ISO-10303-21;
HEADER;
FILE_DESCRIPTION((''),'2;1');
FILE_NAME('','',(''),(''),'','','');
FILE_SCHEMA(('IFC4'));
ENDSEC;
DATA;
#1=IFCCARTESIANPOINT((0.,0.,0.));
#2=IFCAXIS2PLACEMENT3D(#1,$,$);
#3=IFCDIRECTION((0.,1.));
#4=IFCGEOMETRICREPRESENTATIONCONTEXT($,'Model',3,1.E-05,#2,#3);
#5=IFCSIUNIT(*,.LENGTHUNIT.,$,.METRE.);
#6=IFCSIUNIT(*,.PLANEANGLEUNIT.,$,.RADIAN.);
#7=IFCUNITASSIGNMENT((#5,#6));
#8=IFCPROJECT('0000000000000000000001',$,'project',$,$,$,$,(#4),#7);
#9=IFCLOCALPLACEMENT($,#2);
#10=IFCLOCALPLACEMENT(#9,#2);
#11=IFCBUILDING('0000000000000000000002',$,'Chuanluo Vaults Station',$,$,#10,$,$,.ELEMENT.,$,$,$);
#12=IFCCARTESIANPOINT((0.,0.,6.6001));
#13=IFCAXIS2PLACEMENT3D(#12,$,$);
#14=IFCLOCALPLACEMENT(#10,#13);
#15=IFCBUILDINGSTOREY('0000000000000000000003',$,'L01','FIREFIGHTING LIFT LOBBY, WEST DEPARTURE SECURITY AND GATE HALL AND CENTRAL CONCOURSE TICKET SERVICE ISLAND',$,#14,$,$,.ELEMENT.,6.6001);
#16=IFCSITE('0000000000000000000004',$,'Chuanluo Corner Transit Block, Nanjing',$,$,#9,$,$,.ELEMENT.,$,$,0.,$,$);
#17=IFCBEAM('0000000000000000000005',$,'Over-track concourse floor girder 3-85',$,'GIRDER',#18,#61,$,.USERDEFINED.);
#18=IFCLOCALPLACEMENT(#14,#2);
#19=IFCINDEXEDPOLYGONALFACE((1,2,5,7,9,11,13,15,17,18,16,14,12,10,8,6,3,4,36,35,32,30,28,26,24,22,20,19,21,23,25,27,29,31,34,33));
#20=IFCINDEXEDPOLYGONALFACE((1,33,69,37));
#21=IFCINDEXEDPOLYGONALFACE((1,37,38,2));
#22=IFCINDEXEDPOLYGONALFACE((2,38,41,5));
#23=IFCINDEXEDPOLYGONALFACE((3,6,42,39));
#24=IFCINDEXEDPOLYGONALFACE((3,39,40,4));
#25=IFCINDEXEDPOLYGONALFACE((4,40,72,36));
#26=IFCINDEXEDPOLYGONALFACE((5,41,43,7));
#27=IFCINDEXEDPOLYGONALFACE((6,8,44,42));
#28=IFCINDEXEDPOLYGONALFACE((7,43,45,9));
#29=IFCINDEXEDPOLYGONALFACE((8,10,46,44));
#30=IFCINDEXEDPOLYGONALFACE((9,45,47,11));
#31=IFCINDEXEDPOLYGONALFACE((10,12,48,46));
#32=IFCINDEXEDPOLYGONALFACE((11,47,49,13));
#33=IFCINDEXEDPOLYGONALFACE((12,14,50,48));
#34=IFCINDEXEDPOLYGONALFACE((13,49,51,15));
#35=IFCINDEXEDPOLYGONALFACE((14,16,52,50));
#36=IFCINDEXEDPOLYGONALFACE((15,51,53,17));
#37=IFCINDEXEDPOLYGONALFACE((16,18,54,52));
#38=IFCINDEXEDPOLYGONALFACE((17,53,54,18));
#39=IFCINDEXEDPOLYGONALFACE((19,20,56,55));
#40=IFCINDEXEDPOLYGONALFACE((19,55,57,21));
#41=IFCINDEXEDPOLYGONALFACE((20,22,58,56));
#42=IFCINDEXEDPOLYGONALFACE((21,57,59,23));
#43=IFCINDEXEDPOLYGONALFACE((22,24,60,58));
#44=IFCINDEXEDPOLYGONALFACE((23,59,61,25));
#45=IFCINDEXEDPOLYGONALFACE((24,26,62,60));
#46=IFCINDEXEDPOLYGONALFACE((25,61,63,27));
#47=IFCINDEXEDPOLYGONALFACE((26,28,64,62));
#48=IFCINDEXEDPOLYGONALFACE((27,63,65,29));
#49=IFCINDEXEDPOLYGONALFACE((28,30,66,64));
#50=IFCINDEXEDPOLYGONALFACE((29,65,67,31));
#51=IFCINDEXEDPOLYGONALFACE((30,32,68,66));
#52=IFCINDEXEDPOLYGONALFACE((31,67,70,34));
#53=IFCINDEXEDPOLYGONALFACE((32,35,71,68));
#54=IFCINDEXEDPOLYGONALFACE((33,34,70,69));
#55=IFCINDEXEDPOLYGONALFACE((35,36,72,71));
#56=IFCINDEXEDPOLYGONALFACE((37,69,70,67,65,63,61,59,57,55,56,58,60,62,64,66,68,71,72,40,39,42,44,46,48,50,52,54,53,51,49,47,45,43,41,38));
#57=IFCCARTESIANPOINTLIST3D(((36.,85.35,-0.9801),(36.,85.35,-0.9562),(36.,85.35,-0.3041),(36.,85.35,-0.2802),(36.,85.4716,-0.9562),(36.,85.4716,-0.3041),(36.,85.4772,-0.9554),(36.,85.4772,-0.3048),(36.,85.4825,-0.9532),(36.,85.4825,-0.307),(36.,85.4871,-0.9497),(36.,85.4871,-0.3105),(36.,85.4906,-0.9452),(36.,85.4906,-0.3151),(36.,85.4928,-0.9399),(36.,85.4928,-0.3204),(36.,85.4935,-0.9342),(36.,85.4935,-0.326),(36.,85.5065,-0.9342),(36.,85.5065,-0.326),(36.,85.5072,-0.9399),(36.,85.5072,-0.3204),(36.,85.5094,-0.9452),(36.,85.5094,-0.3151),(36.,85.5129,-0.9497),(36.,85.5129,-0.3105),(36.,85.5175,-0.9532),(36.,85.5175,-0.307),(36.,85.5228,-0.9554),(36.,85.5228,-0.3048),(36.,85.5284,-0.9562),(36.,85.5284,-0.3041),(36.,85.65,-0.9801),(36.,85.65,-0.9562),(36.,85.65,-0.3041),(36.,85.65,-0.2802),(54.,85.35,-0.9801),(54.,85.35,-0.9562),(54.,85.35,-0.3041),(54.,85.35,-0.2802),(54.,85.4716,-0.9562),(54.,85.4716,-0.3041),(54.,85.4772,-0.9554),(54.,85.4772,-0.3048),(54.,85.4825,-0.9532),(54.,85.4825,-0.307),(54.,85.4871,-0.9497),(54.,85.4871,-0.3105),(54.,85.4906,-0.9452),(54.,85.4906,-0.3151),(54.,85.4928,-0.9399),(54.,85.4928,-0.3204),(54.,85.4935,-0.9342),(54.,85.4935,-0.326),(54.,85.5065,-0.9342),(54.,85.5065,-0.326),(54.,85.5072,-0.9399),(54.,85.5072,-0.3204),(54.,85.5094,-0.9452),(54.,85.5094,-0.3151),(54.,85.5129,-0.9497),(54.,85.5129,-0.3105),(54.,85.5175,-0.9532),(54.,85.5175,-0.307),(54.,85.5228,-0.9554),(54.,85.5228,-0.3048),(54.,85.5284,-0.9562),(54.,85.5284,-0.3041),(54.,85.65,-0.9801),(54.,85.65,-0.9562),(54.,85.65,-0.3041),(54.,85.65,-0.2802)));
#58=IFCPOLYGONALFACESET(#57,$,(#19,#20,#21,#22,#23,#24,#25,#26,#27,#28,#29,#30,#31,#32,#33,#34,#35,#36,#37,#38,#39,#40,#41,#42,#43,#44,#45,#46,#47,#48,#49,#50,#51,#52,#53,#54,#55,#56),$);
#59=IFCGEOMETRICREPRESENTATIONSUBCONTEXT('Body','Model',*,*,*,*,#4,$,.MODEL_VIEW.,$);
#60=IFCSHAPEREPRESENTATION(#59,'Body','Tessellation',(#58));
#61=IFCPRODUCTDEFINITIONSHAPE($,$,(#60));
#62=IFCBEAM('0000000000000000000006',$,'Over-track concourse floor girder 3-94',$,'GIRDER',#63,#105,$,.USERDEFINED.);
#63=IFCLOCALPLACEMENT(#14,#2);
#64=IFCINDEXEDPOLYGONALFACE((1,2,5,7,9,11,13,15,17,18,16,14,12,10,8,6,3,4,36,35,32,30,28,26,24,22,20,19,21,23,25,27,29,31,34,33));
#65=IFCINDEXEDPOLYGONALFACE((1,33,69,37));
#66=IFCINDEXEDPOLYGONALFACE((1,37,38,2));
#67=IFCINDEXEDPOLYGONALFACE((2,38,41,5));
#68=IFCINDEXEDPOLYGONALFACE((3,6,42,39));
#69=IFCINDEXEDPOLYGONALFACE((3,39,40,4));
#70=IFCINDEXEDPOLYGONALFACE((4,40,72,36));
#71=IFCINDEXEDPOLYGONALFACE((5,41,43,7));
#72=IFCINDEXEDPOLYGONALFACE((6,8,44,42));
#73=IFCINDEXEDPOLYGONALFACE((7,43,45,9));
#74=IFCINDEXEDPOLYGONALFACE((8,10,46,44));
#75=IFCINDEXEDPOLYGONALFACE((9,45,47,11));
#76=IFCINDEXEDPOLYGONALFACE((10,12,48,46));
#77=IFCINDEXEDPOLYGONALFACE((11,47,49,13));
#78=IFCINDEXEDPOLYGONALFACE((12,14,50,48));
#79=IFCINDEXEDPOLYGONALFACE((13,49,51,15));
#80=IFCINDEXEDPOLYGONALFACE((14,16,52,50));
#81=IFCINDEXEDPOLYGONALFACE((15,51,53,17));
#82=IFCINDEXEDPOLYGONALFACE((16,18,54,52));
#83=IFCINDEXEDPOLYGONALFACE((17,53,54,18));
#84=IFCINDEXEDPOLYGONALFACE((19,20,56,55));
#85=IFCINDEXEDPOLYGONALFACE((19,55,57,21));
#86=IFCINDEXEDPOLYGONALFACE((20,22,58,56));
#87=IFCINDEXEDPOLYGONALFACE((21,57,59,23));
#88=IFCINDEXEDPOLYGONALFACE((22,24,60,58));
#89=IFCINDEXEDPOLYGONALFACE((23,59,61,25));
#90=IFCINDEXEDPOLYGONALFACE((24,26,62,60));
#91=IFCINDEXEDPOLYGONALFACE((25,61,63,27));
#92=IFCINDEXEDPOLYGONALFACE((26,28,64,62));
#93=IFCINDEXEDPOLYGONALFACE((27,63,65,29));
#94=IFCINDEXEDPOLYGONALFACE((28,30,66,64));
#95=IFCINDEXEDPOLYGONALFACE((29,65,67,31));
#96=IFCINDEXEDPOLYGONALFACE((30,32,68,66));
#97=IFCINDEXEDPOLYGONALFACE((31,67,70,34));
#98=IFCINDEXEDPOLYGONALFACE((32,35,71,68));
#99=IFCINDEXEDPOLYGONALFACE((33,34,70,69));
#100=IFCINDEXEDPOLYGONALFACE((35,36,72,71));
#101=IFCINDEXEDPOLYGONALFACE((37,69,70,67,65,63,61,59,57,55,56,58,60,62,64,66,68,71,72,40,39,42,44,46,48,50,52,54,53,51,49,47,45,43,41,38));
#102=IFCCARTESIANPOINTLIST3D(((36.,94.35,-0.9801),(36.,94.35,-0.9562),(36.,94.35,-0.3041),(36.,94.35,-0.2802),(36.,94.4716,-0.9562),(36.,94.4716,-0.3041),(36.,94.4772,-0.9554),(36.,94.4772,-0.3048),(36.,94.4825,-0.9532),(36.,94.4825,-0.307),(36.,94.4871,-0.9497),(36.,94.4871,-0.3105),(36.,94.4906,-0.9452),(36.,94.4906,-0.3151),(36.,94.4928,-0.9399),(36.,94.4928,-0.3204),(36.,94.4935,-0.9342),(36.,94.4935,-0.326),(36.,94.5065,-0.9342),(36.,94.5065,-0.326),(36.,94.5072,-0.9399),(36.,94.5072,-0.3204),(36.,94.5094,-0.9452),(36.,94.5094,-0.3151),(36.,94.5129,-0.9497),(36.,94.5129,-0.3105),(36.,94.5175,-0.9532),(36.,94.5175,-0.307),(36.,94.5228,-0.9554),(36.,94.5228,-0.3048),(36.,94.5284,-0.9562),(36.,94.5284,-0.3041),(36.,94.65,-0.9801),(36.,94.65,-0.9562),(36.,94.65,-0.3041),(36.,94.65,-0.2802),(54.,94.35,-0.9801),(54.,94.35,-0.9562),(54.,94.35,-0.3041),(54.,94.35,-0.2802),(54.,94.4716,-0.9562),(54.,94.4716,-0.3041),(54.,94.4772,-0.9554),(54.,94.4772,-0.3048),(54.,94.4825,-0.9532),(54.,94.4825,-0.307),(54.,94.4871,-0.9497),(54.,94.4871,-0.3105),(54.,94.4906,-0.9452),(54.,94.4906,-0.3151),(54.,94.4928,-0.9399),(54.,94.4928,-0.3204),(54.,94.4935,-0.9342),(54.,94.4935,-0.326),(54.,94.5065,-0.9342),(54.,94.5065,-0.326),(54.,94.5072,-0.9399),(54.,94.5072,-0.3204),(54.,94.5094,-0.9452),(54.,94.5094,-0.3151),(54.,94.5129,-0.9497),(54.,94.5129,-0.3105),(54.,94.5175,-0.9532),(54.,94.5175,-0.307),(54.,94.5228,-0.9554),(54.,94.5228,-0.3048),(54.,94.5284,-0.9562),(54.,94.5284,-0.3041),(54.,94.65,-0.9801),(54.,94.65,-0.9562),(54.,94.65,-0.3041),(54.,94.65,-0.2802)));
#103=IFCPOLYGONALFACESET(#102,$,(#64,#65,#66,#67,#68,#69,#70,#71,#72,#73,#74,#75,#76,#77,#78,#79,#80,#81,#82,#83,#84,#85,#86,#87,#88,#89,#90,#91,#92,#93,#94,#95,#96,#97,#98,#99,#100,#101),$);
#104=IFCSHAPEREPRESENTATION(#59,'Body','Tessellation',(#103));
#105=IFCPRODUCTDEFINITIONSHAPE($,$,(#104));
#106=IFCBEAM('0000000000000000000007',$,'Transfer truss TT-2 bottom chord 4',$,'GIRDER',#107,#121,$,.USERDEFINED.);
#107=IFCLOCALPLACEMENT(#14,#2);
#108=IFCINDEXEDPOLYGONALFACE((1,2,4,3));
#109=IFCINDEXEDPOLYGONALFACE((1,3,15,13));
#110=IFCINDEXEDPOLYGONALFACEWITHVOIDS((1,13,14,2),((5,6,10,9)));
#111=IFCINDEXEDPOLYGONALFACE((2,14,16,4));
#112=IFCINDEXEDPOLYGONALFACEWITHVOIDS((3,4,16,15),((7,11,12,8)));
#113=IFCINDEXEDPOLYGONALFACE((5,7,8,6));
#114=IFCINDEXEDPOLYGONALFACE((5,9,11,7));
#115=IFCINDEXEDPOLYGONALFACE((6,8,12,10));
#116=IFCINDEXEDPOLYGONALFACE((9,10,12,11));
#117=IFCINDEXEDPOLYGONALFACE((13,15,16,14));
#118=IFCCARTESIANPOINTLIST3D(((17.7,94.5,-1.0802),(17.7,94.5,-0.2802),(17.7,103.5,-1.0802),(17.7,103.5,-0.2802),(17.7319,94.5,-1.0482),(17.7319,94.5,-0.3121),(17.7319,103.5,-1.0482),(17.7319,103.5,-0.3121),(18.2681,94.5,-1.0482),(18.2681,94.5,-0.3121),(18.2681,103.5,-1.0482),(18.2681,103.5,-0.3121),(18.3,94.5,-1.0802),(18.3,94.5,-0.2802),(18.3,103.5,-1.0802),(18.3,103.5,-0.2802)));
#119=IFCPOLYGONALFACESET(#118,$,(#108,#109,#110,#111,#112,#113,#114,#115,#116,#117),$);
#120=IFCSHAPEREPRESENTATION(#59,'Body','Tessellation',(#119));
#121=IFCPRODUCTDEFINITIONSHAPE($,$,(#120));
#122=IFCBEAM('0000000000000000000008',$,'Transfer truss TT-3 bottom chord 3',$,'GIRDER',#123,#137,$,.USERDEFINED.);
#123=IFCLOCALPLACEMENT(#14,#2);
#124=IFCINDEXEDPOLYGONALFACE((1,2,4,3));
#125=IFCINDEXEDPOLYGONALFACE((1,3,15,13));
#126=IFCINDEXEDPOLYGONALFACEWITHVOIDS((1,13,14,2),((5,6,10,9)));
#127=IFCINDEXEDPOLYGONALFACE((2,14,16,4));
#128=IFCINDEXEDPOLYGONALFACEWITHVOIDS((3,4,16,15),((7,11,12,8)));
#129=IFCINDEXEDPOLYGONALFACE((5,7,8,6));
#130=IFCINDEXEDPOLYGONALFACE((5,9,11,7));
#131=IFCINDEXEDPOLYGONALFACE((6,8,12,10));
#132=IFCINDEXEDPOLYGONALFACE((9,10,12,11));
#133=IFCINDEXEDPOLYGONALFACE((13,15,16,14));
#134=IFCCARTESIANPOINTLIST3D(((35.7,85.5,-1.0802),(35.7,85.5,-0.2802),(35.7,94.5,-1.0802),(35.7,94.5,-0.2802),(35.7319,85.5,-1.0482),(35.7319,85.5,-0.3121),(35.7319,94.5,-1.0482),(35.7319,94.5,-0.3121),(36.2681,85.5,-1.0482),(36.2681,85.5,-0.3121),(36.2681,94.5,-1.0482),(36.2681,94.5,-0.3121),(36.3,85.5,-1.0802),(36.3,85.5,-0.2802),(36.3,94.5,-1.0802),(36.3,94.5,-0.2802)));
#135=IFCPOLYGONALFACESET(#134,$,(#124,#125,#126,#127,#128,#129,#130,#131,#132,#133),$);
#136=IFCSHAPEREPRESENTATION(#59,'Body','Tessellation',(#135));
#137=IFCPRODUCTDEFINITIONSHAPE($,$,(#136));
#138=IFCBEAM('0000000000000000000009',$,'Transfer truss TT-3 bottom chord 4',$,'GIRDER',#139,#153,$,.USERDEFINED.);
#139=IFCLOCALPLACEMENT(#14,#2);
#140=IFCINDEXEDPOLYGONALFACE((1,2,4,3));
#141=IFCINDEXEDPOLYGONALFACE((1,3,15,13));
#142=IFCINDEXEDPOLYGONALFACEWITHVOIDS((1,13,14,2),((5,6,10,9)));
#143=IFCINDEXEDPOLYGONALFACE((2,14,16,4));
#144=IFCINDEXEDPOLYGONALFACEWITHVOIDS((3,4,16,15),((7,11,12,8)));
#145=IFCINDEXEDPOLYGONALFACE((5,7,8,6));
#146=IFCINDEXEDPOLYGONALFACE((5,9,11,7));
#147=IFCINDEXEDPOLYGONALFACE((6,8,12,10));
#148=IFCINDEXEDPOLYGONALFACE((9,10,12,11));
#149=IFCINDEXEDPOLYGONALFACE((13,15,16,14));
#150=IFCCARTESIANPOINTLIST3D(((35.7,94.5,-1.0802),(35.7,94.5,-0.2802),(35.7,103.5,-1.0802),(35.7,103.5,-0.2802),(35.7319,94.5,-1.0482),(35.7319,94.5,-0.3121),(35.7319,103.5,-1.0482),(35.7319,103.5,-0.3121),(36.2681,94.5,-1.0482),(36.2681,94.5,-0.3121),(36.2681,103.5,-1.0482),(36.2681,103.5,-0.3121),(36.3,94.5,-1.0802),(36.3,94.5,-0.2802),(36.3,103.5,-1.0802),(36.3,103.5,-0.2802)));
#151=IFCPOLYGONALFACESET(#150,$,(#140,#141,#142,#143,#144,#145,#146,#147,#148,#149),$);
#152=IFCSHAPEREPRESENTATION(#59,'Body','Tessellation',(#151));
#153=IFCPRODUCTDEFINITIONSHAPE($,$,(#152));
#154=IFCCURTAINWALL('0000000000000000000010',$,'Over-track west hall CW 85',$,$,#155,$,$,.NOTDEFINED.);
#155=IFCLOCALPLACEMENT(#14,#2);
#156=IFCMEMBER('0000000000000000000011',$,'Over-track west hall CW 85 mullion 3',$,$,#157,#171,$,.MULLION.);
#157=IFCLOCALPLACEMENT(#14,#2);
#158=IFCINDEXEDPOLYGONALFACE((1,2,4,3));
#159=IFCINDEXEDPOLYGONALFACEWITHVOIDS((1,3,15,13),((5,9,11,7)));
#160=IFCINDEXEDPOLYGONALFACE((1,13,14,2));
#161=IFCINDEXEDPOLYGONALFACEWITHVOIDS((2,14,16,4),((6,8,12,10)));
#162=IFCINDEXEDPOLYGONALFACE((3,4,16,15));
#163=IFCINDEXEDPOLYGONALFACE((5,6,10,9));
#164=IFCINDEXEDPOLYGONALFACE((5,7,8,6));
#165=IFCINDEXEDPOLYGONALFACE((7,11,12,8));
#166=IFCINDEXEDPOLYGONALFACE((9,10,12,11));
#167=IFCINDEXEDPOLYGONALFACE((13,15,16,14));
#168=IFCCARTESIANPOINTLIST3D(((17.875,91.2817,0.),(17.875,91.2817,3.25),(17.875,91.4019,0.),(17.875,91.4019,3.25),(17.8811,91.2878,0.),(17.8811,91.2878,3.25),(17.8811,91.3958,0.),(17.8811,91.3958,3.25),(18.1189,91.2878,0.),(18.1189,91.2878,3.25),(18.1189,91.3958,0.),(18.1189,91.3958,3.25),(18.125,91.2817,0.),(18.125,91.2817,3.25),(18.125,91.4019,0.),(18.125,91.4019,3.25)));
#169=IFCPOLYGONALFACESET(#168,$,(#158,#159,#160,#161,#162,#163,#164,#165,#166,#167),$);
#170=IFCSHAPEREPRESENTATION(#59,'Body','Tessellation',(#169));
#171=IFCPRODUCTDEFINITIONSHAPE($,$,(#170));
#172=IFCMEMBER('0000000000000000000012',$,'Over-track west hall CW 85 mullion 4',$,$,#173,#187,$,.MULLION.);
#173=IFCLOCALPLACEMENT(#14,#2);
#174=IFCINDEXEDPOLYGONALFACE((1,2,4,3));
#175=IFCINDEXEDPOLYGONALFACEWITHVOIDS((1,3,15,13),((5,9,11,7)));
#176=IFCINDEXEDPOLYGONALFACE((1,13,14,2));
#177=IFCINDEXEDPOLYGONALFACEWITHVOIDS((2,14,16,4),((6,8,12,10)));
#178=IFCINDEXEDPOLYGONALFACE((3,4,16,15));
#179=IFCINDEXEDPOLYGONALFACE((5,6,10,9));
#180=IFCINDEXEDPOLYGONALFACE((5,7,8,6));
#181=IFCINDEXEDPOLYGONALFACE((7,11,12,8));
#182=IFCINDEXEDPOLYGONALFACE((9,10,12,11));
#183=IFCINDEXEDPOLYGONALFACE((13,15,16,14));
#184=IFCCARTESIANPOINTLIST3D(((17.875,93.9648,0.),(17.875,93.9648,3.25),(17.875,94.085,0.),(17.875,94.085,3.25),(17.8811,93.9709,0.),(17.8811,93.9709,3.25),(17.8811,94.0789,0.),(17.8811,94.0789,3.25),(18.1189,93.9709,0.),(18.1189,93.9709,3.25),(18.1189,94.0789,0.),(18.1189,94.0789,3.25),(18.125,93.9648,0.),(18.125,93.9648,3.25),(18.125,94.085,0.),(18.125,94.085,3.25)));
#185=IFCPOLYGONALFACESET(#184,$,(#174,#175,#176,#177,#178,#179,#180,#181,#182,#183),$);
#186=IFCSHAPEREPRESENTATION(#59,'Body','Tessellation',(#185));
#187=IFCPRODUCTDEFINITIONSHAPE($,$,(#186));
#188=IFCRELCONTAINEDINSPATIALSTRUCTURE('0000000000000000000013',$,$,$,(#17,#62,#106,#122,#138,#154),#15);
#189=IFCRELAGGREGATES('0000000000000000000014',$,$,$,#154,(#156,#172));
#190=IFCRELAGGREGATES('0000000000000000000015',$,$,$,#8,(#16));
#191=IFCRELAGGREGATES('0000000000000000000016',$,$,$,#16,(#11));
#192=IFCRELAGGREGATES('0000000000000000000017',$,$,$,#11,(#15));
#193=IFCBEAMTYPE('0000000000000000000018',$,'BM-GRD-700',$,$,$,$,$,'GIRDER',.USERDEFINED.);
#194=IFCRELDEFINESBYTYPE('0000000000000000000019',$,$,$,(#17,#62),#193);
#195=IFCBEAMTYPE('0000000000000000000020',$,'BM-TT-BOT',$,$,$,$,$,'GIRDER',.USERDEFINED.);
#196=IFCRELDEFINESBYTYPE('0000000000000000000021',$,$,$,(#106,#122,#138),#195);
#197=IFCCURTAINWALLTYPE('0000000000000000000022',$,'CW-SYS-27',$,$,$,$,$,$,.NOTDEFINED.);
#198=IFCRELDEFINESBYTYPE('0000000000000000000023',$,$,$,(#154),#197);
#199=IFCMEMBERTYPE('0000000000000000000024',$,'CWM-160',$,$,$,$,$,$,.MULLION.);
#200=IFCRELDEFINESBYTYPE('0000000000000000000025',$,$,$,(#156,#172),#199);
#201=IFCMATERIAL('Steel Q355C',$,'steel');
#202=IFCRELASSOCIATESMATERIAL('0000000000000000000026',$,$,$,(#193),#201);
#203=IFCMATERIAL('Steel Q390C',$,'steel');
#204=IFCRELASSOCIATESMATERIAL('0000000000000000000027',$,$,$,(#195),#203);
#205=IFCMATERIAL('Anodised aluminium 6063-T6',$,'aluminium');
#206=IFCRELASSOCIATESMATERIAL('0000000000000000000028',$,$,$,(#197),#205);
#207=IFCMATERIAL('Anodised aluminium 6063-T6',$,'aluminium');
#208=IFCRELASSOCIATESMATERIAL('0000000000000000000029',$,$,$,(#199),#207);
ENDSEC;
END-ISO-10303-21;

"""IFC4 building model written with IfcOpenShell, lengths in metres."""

from ifc_helpers import new_model, si_unit, direction, frame, origin, origin_2d, place, context, subcontext, project, spatial, hollow_rectangle, i_section, extrude, material, material_profile, profile_set, type_object, element, aggregate, save


model = new_model("IFC4")

# Units and contexts
model_context = context("Model", 3, precision=1e-05, world=origin(), true_north=direction((0.0, 1.0)))
body_context = subcontext(model_context, "Body", "Model", "MODEL_VIEW")
ifc_project = project(units=[si_unit("LENGTHUNIT", "METRE"), si_unit("PLANEANGLEUNIT", "RADIAN")], contexts=[model_context])

# Site, building, storey
site_placement = place(None, origin())
site = spatial("IfcSite", under=ifc_project, at=site_placement, Name="Chuanluo Corner Transit Block, Nanjing", CompositionType="ELEMENT", RefElevation=0.0)
building_placement = place(site_placement, origin())
building = spatial("IfcBuilding", under=site, at=building_placement, Name="Chuanluo Vaults Station", CompositionType="ELEMENT")
storey_placement = place(building_placement, frame((0.0, 0.0, 6.6001)))
storey = spatial("IfcBuildingStorey", under=building, at=storey_placement, Name="L01", Description="FIREFIGHTING LIFT LOBBY, WEST DEPARTURE SECURITY AND GATE HALL AND CENTRAL CONCOURSE TICKET SERVICE ISLAND", CompositionType="ELEMENT", Elevation=6.6001)

# Beams
ifc_material_1 = material(Name="Steel Q355C", Category="steel")
ifc_material_profile_1 = material_profile(ifc_material_1, i_section(OverallWidth=0.3, OverallDepth=0.7, WebThickness=0.0129, FlangeThickness=0.0239, FilletRadius=0.022, at=origin_2d()))
ifc_profile_set_1 = profile_set([ifc_material_profile_1], Name="Steel Q355C")
beam_type_1 = type_object("IfcBeamType", Name="BM-GRD-700", ElementType="GIRDER", PredefinedType="USERDEFINED", material=ifc_profile_set_1)
for number, where, z_axis, x_axis, name in (
    (1, (36.0, 85.5, -0.6301), (1.0, 0.0, 0.0), (0.0, 1.0, 0.0), "Over-track concourse floor girder 3-85"),
    (2, (36.0, 94.5, -0.6301), (1.0, 0.0, 0.0), (0.0, 1.0, 0.0), "Over-track concourse floor girder 3-94"),
):
    element("IfcBeam", number, at=place(storey_placement, frame(where, z_axis=z_axis, x_axis=x_axis)), inside=storey, type_object=beam_type_1, Name=name, ObjectType="GIRDER", PredefinedType="USERDEFINED", context=body_context, shape_type="SweptSolid", body=[
        extrude(i_section(OverallWidth=0.3, OverallDepth=0.7, WebThickness=0.0129, FlangeThickness=0.0239, FilletRadius=0.022, at=origin_2d()), origin(), (0.0, 0.0, 1.0), 18.0),
    ])
ifc_material_2 = material(Name="Steel Q390C", Category="steel")
ifc_material_profile_2 = material_profile(ifc_material_2, hollow_rectangle(XDim=0.6001, YDim=0.8, WallThickness=0.032, at=origin_2d()))
ifc_profile_set_2 = profile_set([ifc_material_profile_2], Name="Steel Q390C")
beam_type_2 = type_object("IfcBeamType", Name="BM-TT-BOT", ElementType="GIRDER", PredefinedType="USERDEFINED", material=ifc_profile_set_2)
for number, where, z_axis, x_axis, name in (
    (3, (18.0, 94.5, -0.6802), (0.0, 1.0, 0.0), (-1.0, 0.0, 0.0), "Transfer truss TT-2 bottom chord 4"),
    (4, (36.0, 85.5, -0.6802), (0.0, 1.0, 0.0), (-1.0, 0.0, 0.0), "Transfer truss TT-3 bottom chord 3"),
    (5, (36.0, 94.5, -0.6802), (0.0, 1.0, 0.0), (-1.0, 0.0, 0.0), "Transfer truss TT-3 bottom chord 4"),
):
    element("IfcBeam", number, at=place(storey_placement, frame(where, z_axis=z_axis, x_axis=x_axis)), inside=storey, type_object=beam_type_2, Name=name, ObjectType="GIRDER", PredefinedType="USERDEFINED", context=body_context, shape_type="SweptSolid", body=[
        extrude(hollow_rectangle(XDim=0.6001, YDim=0.8, WallThickness=0.032, at=origin_2d()), origin(), (0.0, 0.0, 1.0), 9.0),
    ])

# Curtain wall, members
ifc_material_3 = material(Name="Anodised aluminium 6063-T6", Category="aluminium")
curtain_wall_type = type_object("IfcCurtainWallType", Name="CW-SYS-27", PredefinedType="NOTDEFINED", material=ifc_material_3)
curtain_wall_placement = place(storey_placement, origin())
curtain_wall = element("IfcCurtainWall", 6, at=curtain_wall_placement, inside=storey, type_object=curtain_wall_type, Name="Over-track west hall CW 85", PredefinedType="NOTDEFINED")
ifc_material_4 = material(Name="Anodised aluminium 6063-T6", Category="aluminium")
ifc_material_profile_3 = material_profile(ifc_material_4, hollow_rectangle(XDim=0.1201, YDim=0.25, WallThickness=0.0061, at=origin_2d()))
ifc_profile_set_3 = profile_set([ifc_material_profile_3], Name="Anodised aluminium 6063-T6")
member_type_1 = type_object("IfcMemberType", Name="CWM-160", PredefinedType="MULLION", material=ifc_profile_set_3)
member_1_placement = place(storey_placement, frame((18.0, 91.3418, 0.0), z_axis=(0.0, 0.0, 1.0), x_axis=(0.0, 1.0, 0.0)))
member_1 = element("IfcMember", 7, at=member_1_placement, type_object=member_type_1, Name="Over-track west hall CW 85 mullion 3", PredefinedType="MULLION", context=body_context, shape_type="SweptSolid", body=[
    extrude(hollow_rectangle(XDim=0.1201, YDim=0.25, WallThickness=0.0061, at=origin_2d()), origin(), (0.0, 0.0, 1.0), 3.25),
])
member_2_placement = place(storey_placement, frame((18.0, 94.0249, 0.0), z_axis=(0.0, 0.0, 1.0), x_axis=(0.0, 1.0, 0.0)))
member_2 = element("IfcMember", 8, at=member_2_placement, type_object=member_type_1, Name="Over-track west hall CW 85 mullion 4", PredefinedType="MULLION", context=body_context, shape_type="SweptSolid", body=[
    extrude(hollow_rectangle(XDim=0.1201, YDim=0.25, WallThickness=0.0061, at=origin_2d()), origin(), (0.0, 0.0, 1.0), 3.25),
])

aggregate(curtain_wall, [member_1, member_2])

save(model, "model.ifc")
